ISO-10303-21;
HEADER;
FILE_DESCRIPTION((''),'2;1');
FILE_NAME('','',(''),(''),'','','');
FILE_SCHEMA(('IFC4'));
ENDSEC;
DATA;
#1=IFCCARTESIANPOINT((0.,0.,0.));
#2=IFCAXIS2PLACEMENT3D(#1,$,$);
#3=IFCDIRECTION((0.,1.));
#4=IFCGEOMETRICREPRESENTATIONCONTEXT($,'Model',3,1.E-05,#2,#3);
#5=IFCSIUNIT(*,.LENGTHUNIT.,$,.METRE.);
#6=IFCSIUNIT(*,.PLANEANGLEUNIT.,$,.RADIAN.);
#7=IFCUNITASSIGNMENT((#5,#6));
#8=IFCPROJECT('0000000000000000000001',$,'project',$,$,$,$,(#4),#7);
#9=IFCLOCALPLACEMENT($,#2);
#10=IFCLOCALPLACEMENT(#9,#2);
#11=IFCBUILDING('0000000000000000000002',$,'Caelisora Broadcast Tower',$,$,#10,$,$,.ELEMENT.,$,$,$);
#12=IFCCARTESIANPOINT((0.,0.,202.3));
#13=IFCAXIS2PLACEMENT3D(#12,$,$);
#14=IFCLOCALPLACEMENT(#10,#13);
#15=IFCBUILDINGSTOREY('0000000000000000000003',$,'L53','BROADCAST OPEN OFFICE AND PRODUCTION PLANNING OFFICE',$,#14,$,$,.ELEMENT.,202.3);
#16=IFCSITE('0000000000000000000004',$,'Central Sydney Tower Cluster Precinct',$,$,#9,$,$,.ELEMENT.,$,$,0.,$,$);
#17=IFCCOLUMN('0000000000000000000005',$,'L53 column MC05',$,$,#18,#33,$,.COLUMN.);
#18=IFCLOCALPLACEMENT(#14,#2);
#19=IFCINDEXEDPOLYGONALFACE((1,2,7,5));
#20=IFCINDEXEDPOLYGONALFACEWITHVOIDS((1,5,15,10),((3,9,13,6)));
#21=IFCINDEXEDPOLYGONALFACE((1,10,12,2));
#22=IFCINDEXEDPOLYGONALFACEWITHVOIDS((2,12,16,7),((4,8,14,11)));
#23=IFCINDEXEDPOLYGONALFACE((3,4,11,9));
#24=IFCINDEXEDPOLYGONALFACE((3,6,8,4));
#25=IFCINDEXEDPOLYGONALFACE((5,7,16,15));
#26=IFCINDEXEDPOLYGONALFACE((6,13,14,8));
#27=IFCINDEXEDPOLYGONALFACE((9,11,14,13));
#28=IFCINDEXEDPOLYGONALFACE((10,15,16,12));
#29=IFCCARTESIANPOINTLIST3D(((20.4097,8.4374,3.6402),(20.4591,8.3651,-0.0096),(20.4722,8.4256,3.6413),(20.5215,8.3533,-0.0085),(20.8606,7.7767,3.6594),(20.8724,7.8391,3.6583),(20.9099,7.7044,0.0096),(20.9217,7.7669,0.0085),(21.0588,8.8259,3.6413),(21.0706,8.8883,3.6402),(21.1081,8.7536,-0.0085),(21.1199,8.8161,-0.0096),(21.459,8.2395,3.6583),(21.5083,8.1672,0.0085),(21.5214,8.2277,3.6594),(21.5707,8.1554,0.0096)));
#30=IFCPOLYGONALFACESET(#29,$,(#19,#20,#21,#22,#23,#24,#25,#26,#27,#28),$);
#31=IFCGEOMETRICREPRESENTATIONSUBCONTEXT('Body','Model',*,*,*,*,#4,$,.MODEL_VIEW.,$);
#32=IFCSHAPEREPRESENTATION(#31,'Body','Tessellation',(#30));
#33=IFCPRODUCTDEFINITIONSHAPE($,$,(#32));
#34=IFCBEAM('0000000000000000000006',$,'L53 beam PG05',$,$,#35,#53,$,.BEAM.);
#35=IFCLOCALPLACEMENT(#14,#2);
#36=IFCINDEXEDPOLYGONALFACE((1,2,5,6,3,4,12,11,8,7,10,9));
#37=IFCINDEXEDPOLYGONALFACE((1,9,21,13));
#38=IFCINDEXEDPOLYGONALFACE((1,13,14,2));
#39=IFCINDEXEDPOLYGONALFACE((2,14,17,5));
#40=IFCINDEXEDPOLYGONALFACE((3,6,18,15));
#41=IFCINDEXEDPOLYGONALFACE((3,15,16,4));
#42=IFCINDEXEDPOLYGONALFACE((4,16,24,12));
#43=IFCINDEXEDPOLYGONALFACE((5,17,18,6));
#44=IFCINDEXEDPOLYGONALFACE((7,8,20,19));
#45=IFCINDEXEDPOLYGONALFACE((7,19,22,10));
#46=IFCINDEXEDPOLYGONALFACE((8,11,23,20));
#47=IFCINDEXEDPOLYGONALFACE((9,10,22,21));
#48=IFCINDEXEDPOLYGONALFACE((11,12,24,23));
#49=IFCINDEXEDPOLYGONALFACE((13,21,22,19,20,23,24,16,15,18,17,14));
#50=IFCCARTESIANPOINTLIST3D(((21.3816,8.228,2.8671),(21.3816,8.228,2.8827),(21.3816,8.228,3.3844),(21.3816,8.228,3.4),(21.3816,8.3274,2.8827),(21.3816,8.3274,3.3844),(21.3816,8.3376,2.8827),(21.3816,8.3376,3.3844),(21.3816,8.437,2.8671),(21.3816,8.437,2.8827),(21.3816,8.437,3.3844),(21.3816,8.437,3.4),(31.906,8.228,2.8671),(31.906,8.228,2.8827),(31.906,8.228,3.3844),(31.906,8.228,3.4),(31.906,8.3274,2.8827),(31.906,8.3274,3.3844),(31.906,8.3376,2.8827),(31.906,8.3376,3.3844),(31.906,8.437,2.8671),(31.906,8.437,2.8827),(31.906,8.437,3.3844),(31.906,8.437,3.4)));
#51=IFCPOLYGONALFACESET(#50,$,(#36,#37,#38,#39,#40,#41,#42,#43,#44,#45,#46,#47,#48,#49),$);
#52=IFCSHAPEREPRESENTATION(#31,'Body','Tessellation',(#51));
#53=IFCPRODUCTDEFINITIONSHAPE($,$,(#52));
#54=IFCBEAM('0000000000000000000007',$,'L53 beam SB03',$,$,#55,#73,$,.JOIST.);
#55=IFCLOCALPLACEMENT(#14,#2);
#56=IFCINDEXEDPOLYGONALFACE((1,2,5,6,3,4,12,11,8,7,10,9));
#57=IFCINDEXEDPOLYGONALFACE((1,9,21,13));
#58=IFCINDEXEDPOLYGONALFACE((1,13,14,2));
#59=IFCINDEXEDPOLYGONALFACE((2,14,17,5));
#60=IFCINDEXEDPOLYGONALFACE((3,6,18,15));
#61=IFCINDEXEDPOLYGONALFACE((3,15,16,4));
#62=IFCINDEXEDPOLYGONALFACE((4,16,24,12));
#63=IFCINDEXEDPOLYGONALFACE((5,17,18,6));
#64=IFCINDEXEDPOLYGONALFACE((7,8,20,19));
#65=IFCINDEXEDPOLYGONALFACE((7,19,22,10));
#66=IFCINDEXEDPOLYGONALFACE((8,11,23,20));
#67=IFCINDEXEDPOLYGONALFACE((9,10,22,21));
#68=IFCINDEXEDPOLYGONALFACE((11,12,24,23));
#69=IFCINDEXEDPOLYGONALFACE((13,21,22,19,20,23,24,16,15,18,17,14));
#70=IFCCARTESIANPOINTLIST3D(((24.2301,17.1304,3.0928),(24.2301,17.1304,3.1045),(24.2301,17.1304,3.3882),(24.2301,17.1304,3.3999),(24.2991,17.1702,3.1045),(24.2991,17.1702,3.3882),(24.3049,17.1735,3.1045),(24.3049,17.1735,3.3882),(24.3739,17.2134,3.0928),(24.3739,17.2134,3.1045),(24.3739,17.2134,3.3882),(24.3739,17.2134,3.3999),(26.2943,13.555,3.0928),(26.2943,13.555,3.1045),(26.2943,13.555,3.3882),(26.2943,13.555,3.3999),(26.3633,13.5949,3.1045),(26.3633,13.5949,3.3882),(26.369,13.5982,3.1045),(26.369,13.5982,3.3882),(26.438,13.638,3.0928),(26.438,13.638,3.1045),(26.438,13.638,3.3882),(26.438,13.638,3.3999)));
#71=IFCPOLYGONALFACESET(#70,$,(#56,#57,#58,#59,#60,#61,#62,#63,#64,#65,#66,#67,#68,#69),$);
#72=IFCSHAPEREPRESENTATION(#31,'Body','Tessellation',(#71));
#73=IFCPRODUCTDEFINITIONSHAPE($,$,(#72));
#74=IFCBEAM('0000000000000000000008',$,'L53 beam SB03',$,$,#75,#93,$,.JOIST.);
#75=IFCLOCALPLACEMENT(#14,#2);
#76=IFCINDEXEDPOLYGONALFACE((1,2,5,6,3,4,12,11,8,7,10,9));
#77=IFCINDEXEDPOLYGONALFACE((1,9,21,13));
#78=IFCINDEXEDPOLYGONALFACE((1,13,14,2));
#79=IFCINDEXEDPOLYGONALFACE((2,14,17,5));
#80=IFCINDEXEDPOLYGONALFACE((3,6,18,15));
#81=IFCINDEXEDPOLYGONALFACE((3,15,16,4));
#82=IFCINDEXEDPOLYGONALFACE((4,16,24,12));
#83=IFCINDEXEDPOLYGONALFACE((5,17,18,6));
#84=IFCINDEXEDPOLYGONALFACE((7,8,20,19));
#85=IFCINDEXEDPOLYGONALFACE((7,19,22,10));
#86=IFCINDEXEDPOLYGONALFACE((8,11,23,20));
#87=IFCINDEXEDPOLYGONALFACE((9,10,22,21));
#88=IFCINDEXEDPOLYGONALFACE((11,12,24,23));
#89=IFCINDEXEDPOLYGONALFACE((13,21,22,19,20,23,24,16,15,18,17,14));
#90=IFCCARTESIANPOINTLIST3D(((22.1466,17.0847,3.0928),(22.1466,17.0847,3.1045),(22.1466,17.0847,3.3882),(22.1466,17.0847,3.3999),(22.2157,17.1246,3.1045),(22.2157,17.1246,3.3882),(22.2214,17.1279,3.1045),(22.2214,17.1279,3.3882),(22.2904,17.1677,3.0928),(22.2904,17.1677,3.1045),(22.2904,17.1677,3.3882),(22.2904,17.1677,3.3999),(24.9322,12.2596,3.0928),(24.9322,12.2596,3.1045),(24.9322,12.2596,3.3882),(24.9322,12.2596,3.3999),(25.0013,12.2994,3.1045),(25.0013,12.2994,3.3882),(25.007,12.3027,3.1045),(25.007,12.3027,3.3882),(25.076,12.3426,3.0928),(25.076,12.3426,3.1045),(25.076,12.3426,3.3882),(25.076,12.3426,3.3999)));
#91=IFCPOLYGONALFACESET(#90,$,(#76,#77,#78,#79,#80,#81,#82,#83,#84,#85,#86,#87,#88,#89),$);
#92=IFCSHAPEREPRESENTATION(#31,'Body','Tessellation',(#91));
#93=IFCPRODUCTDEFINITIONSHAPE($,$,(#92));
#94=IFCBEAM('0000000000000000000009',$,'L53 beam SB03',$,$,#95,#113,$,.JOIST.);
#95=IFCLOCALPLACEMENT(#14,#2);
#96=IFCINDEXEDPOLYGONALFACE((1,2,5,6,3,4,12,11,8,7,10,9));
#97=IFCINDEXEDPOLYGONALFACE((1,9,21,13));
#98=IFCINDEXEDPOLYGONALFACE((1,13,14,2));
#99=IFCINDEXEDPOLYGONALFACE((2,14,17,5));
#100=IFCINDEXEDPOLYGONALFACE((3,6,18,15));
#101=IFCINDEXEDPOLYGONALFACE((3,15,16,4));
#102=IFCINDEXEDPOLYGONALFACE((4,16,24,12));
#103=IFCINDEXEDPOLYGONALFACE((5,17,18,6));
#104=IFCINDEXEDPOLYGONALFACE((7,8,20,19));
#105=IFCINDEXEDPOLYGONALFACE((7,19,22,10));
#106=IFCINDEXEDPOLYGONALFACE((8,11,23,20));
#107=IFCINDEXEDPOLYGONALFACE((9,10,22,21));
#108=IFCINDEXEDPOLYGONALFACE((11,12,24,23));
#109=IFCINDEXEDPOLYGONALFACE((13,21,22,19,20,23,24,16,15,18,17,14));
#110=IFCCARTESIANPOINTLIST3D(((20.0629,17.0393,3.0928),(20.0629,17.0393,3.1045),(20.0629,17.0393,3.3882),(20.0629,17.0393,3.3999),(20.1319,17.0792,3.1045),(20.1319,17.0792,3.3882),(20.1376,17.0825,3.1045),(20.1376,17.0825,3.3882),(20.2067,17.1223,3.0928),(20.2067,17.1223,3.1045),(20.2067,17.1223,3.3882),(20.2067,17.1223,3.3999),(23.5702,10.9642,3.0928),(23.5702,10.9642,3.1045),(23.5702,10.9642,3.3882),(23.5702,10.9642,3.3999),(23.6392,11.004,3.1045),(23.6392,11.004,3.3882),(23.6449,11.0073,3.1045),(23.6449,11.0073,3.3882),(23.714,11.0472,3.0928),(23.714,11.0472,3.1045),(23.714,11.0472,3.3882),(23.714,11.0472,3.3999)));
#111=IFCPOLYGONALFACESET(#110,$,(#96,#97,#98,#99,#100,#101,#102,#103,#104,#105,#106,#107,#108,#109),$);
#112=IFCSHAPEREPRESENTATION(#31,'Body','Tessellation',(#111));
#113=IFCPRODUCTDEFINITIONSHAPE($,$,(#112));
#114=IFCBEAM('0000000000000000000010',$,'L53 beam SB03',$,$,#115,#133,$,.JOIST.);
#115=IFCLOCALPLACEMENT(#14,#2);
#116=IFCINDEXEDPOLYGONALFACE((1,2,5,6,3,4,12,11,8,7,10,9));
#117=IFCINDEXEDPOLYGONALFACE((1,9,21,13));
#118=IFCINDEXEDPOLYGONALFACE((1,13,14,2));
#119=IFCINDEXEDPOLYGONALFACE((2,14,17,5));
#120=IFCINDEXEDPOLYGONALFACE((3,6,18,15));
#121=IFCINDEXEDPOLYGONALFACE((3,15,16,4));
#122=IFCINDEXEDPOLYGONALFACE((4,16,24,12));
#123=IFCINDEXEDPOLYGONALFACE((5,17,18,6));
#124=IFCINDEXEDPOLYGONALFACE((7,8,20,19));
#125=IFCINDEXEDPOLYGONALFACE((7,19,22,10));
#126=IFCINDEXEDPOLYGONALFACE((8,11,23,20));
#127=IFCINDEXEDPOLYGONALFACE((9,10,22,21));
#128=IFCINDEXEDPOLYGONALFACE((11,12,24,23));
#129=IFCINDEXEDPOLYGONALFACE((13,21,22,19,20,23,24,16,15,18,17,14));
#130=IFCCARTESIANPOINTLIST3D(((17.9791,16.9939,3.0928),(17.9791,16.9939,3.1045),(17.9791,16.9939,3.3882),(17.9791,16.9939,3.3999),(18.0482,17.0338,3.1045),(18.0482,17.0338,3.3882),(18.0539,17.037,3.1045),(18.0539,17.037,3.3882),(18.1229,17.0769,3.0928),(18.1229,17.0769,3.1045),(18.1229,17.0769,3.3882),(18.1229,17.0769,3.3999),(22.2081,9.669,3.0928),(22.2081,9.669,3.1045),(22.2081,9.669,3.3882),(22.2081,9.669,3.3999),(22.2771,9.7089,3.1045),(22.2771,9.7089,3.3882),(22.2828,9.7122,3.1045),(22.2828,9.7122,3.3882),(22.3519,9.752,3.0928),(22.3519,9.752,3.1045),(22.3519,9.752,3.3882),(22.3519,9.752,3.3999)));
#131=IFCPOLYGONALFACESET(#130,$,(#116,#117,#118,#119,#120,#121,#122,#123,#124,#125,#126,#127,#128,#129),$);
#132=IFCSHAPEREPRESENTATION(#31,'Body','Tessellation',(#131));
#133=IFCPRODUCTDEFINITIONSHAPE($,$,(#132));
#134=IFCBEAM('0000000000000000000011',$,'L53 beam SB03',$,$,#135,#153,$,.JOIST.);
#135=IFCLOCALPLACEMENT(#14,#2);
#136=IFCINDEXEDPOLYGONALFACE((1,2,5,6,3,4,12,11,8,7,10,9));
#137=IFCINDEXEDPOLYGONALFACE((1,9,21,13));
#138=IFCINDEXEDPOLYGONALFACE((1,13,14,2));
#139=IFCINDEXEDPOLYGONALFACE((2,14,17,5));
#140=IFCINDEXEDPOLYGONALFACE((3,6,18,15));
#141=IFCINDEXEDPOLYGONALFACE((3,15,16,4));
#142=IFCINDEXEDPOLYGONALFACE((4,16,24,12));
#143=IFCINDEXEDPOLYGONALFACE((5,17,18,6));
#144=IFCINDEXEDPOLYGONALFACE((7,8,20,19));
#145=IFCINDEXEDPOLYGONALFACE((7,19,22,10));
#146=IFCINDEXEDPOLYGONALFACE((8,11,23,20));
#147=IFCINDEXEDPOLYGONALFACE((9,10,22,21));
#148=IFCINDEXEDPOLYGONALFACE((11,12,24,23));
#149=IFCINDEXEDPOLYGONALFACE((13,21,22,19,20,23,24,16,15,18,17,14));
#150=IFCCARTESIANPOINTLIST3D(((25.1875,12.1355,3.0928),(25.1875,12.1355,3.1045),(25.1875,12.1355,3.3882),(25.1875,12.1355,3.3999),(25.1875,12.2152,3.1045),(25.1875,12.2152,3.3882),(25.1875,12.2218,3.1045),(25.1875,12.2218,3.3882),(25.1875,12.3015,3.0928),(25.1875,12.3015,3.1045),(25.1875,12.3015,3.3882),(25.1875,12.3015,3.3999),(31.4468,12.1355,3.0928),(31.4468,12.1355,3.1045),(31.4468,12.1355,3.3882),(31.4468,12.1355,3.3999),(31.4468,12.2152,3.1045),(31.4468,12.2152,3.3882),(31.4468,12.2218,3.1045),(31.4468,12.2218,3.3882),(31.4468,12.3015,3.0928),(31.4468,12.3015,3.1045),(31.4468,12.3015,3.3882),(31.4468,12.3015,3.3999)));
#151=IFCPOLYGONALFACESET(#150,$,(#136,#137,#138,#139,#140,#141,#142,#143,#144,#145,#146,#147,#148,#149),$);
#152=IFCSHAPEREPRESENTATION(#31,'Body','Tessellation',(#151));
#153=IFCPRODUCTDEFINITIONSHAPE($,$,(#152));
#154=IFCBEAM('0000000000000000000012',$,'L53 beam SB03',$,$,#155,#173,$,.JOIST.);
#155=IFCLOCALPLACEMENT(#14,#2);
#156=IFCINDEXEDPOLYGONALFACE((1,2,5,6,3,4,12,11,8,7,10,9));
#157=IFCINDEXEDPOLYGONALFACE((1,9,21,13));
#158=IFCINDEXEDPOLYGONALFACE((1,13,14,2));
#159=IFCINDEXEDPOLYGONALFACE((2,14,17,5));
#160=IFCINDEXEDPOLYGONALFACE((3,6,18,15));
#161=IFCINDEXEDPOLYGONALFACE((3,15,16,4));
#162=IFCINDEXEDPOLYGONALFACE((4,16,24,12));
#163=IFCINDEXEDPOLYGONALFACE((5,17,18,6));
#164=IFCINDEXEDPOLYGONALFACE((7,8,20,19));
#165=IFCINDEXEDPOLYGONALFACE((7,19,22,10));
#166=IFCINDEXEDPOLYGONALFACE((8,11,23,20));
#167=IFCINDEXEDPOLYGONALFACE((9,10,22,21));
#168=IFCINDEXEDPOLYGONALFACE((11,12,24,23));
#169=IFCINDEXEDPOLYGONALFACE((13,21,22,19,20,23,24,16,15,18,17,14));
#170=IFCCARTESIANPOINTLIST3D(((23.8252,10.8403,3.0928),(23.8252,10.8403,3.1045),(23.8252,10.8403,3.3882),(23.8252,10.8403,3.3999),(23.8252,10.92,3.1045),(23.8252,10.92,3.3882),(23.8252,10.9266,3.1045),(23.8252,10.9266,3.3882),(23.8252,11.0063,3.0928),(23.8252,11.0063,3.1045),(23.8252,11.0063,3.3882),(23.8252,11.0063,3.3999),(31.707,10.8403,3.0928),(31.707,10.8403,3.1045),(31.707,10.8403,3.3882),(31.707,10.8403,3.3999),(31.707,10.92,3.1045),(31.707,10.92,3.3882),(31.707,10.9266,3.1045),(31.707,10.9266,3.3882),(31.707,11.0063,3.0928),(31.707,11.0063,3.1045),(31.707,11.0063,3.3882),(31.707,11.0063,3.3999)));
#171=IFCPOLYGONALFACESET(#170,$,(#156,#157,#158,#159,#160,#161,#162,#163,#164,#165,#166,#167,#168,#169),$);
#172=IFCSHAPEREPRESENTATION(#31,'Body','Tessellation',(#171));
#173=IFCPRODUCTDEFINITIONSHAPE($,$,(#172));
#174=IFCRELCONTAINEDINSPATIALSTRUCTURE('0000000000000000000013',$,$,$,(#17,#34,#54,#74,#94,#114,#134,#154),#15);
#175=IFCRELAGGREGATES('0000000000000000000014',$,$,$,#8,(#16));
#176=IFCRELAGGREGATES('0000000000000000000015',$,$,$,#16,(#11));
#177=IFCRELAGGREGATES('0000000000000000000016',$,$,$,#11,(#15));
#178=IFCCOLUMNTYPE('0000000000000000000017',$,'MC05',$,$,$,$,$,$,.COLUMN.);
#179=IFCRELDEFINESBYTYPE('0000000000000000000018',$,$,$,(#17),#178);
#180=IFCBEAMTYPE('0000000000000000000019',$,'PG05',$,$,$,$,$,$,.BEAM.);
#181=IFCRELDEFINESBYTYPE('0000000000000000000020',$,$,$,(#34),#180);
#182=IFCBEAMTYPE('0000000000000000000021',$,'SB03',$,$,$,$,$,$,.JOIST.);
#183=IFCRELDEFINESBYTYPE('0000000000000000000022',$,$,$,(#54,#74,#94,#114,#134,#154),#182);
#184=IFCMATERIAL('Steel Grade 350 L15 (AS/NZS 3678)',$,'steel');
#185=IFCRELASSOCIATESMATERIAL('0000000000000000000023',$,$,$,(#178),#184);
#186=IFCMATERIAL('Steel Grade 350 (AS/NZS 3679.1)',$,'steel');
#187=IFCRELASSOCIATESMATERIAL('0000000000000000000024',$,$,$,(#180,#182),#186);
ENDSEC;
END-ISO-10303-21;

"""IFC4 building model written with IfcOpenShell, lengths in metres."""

from ifc_helpers import new_model, si_unit, direction, frame, origin, origin_2d, place, context, subcontext, project, spatial, hollow_rectangle, i_section, extrude, source, transform, mapped, material, material_profile, profile_set, type_object, type_shapes, element, save


model = new_model("IFC4")

# Units and contexts
model_context = context("Model", 3, precision=1e-05, world=origin(), true_north=direction((0.0, 1.0)))
body_context = subcontext(model_context, "Body", "Model", "MODEL_VIEW")
ifc_project = project(units=[si_unit("LENGTHUNIT", "METRE"), si_unit("PLANEANGLEUNIT", "RADIAN")], contexts=[model_context])

# Site, building, storey
site_placement = place(None, origin())
site = spatial("IfcSite", under=ifc_project, at=site_placement, Name="Central Sydney Tower Cluster Precinct", CompositionType="ELEMENT", RefElevation=0.0)
building_placement = place(site_placement, origin())
building = spatial("IfcBuilding", under=site, at=building_placement, Name="Caelisora Broadcast Tower", CompositionType="ELEMENT")
storey_placement = place(building_placement, frame((0.0, 0.0, 202.3)))
storey = spatial("IfcBuildingStorey", under=building, at=storey_placement, Name="L53", Description="BROADCAST OPEN OFFICE AND PRODUCTION PLANNING OFFICE", CompositionType="ELEMENT", Elevation=202.3)

# Column
ifc_material_1 = material(Name="Steel Grade 350 L15 (AS/NZS 3678)", Category="steel")
ifc_material_profile_1 = material_profile(ifc_material_1, hollow_rectangle(XDim=0.8, YDim=0.8, WallThickness=0.0449, at=origin_2d()), Name="Steel Grade 350 L15 (AS/NZS 3678)")
ifc_profile_set_1 = profile_set([ifc_material_profile_1], Name="Steel Grade 350 L15 (AS/NZS 3678)")
column_type = type_object("IfcColumnType", Name="MC05", PredefinedType="COLUMN", material=ifc_profile_set_1)
shared_shape_1 = source(origin(), body_context, "Body", "SweptSolid", [
    extrude(hollow_rectangle(XDim=0.8, YDim=0.8, WallThickness=0.0449, at=origin_2d()), origin(), (0.0, 0.0, 1.0), 3.6509),
])
type_shapes(column_type, [shared_shape_1])
column_placement = place(storey_placement, frame((21.0149, 8.2603, 0.0), z_axis=(-0.013508, 0.019794, 0.999713), x_axis=(-0.825991, -0.563683, 0.0)))
element("IfcColumn", 1, at=column_placement, inside=storey, type_object=column_type, Name="L53 column MC05", PredefinedType="COLUMN", context=body_context, shape_type="MappedRepresentation", body=[
    mapped(shared_shape_1, transform((0.0, 0.0, 0.0), scale=1.0)),
])

# Beams
ifc_material_2 = material(Name="Steel Grade 350 (AS/NZS 3679.1)", Category="steel")
ifc_material_profile_2 = material_profile(ifc_material_2, i_section(OverallWidth=0.209, OverallDepth=0.533, WebThickness=0.0103, FlangeThickness=0.0156, at=origin_2d()), Name="Steel Grade 350 (AS/NZS 3679.1)")
ifc_profile_set_2 = profile_set([ifc_material_profile_2], Name="Steel Grade 350 (AS/NZS 3679.1)")
beam_type_1 = type_object("IfcBeamType", Name="PG05", PredefinedType="BEAM", material=ifc_profile_set_2)
shared_shape_2 = source(origin(), body_context, "Body", "SweptSolid", [
    extrude(i_section(OverallWidth=0.209, OverallDepth=0.533, WebThickness=0.0103, FlangeThickness=0.0156, at=origin_2d()), origin(), (0.0, 0.0, 1.0), 10.5244),
])
type_shapes(beam_type_1, [shared_shape_2])
beam_1_placement = place(storey_placement, frame((21.3816, 8.3325, 3.1335), z_axis=(1.0, 0.0, 0.0), x_axis=(0.0, 1.0, 0.0)))
element("IfcBeam", 2, at=beam_1_placement, inside=storey, type_object=beam_type_1, Name="L53 beam PG05", PredefinedType="BEAM", context=body_context, shape_type="MappedRepresentation", body=[
    mapped(shared_shape_2, transform((0.0, 0.0, 0.0), scale=1.0)),
])
ifc_material_profile_3 = material_profile(ifc_material_2, i_section(OverallWidth=0.166, OverallDepth=0.3071, WebThickness=0.0066, FlangeThickness=0.0117, at=origin_2d()), Name="Steel Grade 350 (AS/NZS 3679.1)")
ifc_profile_set_3 = profile_set([ifc_material_profile_3], Name="Steel Grade 350 (AS/NZS 3679.1)")
beam_type_2 = type_object("IfcBeamType", Name="SB03", PredefinedType="JOIST", material=ifc_profile_set_3)
shared_shape_3 = source(origin(), body_context, "Body", "SweptSolid", [
    extrude(i_section(OverallWidth=0.166, OverallDepth=0.3071, WebThickness=0.0066, FlangeThickness=0.0117, at=origin_2d()), origin(), (0.0, 0.0, 1.0), 4.1284),
])
beam_2_placement = place(storey_placement, frame((24.302, 17.1719, 3.2463), z_axis=(0.499987, -0.866033, 0.0), x_axis=(0.866033, 0.499987, 0.0)))
element("IfcBeam", 3, at=beam_2_placement, inside=storey, type_object=beam_type_2, Name="L53 beam SB03", PredefinedType="JOIST", context=body_context, shape_type="MappedRepresentation", body=[
    mapped(shared_shape_3, transform((0.0, 0.0, 0.0), scale=1.0)),
])
shared_shape_4 = source(origin(), body_context, "Body", "SweptSolid", [
    extrude(i_section(OverallWidth=0.166, OverallDepth=0.3071, WebThickness=0.0066, FlangeThickness=0.0117, at=origin_2d()), origin(), (0.0, 0.0, 1.0), 5.5715),
])
beam_3_placement = place(storey_placement, frame((22.2185, 17.1262, 3.2463), z_axis=(0.499975, -0.86604, 0.0), x_axis=(0.86604, 0.499975, 0.0)))
element("IfcBeam", 4, at=beam_3_placement, inside=storey, type_object=beam_type_2, Name="L53 beam SB03", PredefinedType="JOIST", context=body_context, shape_type="MappedRepresentation", body=[
    mapped(shared_shape_4, transform((0.0, 0.0, 0.0), scale=1.0)),
])
shared_shape_5 = source(origin(), body_context, "Body", "SweptSolid", [
    extrude(i_section(OverallWidth=0.166, OverallDepth=0.3071, WebThickness=0.0066, FlangeThickness=0.0117, at=origin_2d()), origin(), (0.0, 0.0, 1.0), 7.0149),
])
beam_4_placement = place(storey_placement, frame((20.1348, 17.0808, 3.2463), z_axis=(0.49998, -0.866037, 0.0), x_axis=(0.866037, 0.49998, 0.0)))
element("IfcBeam", 5, at=beam_4_placement, inside=storey, type_object=beam_type_2, Name="L53 beam SB03", PredefinedType="JOIST", context=body_context, shape_type="MappedRepresentation", body=[
    mapped(shared_shape_5, transform((0.0, 0.0, 0.0), scale=1.0)),
])
shared_shape_6 = source(origin(), body_context, "Body", "SweptSolid", [
    extrude(i_section(OverallWidth=0.166, OverallDepth=0.3071, WebThickness=0.0066, FlangeThickness=0.0117, at=origin_2d()), origin(), (0.0, 0.0, 1.0), 8.458),
])
beam_5_placement = place(storey_placement, frame((18.051, 17.0354, 3.2463), z_axis=(0.499995, -0.866028, 0.0), x_axis=(0.866028, 0.499995, 0.0)))
element("IfcBeam", 6, at=beam_5_placement, inside=storey, type_object=beam_type_2, Name="L53 beam SB03", PredefinedType="JOIST", context=body_context, shape_type="MappedRepresentation", body=[
    mapped(shared_shape_6, transform((0.0, 0.0, 0.0), scale=1.0)),
])
shared_shape_7 = source(origin(), body_context, "Body", "SweptSolid", [
    extrude(i_section(OverallWidth=0.166, OverallDepth=0.3071, WebThickness=0.0066, FlangeThickness=0.0117, at=origin_2d()), origin(), (0.0, 0.0, 1.0), 6.2593),
])
beam_6_placement = place(storey_placement, frame((25.1875, 12.2185, 3.2463), z_axis=(1.0, 0.0, 0.0), x_axis=(0.0, 1.0, 0.0)))
element("IfcBeam", 7, at=beam_6_placement, inside=storey, type_object=beam_type_2, Name="L53 beam SB03", PredefinedType="JOIST", context=body_context, shape_type="MappedRepresentation", body=[
    mapped(shared_shape_7, transform((0.0, 0.0, 0.0), scale=1.0)),
])
shared_shape_8 = source(origin(), body_context, "Body", "SweptSolid", [
    extrude(i_section(OverallWidth=0.166, OverallDepth=0.3071, WebThickness=0.0066, FlangeThickness=0.0117, at=origin_2d()), origin(), (0.0, 0.0, 1.0), 7.8818),
])
beam_7_placement = place(storey_placement, frame((23.8252, 10.9233, 3.2463), z_axis=(1.0, 0.0, 0.0), x_axis=(0.0, 1.0, 0.0)))
element("IfcBeam", 8, at=beam_7_placement, inside=storey, type_object=beam_type_2, Name="L53 beam SB03", PredefinedType="JOIST", context=body_context, shape_type="MappedRepresentation", body=[
    mapped(shared_shape_8, transform((0.0, 0.0, 0.0), scale=1.0)),
])

save(model, "model.ifc")
